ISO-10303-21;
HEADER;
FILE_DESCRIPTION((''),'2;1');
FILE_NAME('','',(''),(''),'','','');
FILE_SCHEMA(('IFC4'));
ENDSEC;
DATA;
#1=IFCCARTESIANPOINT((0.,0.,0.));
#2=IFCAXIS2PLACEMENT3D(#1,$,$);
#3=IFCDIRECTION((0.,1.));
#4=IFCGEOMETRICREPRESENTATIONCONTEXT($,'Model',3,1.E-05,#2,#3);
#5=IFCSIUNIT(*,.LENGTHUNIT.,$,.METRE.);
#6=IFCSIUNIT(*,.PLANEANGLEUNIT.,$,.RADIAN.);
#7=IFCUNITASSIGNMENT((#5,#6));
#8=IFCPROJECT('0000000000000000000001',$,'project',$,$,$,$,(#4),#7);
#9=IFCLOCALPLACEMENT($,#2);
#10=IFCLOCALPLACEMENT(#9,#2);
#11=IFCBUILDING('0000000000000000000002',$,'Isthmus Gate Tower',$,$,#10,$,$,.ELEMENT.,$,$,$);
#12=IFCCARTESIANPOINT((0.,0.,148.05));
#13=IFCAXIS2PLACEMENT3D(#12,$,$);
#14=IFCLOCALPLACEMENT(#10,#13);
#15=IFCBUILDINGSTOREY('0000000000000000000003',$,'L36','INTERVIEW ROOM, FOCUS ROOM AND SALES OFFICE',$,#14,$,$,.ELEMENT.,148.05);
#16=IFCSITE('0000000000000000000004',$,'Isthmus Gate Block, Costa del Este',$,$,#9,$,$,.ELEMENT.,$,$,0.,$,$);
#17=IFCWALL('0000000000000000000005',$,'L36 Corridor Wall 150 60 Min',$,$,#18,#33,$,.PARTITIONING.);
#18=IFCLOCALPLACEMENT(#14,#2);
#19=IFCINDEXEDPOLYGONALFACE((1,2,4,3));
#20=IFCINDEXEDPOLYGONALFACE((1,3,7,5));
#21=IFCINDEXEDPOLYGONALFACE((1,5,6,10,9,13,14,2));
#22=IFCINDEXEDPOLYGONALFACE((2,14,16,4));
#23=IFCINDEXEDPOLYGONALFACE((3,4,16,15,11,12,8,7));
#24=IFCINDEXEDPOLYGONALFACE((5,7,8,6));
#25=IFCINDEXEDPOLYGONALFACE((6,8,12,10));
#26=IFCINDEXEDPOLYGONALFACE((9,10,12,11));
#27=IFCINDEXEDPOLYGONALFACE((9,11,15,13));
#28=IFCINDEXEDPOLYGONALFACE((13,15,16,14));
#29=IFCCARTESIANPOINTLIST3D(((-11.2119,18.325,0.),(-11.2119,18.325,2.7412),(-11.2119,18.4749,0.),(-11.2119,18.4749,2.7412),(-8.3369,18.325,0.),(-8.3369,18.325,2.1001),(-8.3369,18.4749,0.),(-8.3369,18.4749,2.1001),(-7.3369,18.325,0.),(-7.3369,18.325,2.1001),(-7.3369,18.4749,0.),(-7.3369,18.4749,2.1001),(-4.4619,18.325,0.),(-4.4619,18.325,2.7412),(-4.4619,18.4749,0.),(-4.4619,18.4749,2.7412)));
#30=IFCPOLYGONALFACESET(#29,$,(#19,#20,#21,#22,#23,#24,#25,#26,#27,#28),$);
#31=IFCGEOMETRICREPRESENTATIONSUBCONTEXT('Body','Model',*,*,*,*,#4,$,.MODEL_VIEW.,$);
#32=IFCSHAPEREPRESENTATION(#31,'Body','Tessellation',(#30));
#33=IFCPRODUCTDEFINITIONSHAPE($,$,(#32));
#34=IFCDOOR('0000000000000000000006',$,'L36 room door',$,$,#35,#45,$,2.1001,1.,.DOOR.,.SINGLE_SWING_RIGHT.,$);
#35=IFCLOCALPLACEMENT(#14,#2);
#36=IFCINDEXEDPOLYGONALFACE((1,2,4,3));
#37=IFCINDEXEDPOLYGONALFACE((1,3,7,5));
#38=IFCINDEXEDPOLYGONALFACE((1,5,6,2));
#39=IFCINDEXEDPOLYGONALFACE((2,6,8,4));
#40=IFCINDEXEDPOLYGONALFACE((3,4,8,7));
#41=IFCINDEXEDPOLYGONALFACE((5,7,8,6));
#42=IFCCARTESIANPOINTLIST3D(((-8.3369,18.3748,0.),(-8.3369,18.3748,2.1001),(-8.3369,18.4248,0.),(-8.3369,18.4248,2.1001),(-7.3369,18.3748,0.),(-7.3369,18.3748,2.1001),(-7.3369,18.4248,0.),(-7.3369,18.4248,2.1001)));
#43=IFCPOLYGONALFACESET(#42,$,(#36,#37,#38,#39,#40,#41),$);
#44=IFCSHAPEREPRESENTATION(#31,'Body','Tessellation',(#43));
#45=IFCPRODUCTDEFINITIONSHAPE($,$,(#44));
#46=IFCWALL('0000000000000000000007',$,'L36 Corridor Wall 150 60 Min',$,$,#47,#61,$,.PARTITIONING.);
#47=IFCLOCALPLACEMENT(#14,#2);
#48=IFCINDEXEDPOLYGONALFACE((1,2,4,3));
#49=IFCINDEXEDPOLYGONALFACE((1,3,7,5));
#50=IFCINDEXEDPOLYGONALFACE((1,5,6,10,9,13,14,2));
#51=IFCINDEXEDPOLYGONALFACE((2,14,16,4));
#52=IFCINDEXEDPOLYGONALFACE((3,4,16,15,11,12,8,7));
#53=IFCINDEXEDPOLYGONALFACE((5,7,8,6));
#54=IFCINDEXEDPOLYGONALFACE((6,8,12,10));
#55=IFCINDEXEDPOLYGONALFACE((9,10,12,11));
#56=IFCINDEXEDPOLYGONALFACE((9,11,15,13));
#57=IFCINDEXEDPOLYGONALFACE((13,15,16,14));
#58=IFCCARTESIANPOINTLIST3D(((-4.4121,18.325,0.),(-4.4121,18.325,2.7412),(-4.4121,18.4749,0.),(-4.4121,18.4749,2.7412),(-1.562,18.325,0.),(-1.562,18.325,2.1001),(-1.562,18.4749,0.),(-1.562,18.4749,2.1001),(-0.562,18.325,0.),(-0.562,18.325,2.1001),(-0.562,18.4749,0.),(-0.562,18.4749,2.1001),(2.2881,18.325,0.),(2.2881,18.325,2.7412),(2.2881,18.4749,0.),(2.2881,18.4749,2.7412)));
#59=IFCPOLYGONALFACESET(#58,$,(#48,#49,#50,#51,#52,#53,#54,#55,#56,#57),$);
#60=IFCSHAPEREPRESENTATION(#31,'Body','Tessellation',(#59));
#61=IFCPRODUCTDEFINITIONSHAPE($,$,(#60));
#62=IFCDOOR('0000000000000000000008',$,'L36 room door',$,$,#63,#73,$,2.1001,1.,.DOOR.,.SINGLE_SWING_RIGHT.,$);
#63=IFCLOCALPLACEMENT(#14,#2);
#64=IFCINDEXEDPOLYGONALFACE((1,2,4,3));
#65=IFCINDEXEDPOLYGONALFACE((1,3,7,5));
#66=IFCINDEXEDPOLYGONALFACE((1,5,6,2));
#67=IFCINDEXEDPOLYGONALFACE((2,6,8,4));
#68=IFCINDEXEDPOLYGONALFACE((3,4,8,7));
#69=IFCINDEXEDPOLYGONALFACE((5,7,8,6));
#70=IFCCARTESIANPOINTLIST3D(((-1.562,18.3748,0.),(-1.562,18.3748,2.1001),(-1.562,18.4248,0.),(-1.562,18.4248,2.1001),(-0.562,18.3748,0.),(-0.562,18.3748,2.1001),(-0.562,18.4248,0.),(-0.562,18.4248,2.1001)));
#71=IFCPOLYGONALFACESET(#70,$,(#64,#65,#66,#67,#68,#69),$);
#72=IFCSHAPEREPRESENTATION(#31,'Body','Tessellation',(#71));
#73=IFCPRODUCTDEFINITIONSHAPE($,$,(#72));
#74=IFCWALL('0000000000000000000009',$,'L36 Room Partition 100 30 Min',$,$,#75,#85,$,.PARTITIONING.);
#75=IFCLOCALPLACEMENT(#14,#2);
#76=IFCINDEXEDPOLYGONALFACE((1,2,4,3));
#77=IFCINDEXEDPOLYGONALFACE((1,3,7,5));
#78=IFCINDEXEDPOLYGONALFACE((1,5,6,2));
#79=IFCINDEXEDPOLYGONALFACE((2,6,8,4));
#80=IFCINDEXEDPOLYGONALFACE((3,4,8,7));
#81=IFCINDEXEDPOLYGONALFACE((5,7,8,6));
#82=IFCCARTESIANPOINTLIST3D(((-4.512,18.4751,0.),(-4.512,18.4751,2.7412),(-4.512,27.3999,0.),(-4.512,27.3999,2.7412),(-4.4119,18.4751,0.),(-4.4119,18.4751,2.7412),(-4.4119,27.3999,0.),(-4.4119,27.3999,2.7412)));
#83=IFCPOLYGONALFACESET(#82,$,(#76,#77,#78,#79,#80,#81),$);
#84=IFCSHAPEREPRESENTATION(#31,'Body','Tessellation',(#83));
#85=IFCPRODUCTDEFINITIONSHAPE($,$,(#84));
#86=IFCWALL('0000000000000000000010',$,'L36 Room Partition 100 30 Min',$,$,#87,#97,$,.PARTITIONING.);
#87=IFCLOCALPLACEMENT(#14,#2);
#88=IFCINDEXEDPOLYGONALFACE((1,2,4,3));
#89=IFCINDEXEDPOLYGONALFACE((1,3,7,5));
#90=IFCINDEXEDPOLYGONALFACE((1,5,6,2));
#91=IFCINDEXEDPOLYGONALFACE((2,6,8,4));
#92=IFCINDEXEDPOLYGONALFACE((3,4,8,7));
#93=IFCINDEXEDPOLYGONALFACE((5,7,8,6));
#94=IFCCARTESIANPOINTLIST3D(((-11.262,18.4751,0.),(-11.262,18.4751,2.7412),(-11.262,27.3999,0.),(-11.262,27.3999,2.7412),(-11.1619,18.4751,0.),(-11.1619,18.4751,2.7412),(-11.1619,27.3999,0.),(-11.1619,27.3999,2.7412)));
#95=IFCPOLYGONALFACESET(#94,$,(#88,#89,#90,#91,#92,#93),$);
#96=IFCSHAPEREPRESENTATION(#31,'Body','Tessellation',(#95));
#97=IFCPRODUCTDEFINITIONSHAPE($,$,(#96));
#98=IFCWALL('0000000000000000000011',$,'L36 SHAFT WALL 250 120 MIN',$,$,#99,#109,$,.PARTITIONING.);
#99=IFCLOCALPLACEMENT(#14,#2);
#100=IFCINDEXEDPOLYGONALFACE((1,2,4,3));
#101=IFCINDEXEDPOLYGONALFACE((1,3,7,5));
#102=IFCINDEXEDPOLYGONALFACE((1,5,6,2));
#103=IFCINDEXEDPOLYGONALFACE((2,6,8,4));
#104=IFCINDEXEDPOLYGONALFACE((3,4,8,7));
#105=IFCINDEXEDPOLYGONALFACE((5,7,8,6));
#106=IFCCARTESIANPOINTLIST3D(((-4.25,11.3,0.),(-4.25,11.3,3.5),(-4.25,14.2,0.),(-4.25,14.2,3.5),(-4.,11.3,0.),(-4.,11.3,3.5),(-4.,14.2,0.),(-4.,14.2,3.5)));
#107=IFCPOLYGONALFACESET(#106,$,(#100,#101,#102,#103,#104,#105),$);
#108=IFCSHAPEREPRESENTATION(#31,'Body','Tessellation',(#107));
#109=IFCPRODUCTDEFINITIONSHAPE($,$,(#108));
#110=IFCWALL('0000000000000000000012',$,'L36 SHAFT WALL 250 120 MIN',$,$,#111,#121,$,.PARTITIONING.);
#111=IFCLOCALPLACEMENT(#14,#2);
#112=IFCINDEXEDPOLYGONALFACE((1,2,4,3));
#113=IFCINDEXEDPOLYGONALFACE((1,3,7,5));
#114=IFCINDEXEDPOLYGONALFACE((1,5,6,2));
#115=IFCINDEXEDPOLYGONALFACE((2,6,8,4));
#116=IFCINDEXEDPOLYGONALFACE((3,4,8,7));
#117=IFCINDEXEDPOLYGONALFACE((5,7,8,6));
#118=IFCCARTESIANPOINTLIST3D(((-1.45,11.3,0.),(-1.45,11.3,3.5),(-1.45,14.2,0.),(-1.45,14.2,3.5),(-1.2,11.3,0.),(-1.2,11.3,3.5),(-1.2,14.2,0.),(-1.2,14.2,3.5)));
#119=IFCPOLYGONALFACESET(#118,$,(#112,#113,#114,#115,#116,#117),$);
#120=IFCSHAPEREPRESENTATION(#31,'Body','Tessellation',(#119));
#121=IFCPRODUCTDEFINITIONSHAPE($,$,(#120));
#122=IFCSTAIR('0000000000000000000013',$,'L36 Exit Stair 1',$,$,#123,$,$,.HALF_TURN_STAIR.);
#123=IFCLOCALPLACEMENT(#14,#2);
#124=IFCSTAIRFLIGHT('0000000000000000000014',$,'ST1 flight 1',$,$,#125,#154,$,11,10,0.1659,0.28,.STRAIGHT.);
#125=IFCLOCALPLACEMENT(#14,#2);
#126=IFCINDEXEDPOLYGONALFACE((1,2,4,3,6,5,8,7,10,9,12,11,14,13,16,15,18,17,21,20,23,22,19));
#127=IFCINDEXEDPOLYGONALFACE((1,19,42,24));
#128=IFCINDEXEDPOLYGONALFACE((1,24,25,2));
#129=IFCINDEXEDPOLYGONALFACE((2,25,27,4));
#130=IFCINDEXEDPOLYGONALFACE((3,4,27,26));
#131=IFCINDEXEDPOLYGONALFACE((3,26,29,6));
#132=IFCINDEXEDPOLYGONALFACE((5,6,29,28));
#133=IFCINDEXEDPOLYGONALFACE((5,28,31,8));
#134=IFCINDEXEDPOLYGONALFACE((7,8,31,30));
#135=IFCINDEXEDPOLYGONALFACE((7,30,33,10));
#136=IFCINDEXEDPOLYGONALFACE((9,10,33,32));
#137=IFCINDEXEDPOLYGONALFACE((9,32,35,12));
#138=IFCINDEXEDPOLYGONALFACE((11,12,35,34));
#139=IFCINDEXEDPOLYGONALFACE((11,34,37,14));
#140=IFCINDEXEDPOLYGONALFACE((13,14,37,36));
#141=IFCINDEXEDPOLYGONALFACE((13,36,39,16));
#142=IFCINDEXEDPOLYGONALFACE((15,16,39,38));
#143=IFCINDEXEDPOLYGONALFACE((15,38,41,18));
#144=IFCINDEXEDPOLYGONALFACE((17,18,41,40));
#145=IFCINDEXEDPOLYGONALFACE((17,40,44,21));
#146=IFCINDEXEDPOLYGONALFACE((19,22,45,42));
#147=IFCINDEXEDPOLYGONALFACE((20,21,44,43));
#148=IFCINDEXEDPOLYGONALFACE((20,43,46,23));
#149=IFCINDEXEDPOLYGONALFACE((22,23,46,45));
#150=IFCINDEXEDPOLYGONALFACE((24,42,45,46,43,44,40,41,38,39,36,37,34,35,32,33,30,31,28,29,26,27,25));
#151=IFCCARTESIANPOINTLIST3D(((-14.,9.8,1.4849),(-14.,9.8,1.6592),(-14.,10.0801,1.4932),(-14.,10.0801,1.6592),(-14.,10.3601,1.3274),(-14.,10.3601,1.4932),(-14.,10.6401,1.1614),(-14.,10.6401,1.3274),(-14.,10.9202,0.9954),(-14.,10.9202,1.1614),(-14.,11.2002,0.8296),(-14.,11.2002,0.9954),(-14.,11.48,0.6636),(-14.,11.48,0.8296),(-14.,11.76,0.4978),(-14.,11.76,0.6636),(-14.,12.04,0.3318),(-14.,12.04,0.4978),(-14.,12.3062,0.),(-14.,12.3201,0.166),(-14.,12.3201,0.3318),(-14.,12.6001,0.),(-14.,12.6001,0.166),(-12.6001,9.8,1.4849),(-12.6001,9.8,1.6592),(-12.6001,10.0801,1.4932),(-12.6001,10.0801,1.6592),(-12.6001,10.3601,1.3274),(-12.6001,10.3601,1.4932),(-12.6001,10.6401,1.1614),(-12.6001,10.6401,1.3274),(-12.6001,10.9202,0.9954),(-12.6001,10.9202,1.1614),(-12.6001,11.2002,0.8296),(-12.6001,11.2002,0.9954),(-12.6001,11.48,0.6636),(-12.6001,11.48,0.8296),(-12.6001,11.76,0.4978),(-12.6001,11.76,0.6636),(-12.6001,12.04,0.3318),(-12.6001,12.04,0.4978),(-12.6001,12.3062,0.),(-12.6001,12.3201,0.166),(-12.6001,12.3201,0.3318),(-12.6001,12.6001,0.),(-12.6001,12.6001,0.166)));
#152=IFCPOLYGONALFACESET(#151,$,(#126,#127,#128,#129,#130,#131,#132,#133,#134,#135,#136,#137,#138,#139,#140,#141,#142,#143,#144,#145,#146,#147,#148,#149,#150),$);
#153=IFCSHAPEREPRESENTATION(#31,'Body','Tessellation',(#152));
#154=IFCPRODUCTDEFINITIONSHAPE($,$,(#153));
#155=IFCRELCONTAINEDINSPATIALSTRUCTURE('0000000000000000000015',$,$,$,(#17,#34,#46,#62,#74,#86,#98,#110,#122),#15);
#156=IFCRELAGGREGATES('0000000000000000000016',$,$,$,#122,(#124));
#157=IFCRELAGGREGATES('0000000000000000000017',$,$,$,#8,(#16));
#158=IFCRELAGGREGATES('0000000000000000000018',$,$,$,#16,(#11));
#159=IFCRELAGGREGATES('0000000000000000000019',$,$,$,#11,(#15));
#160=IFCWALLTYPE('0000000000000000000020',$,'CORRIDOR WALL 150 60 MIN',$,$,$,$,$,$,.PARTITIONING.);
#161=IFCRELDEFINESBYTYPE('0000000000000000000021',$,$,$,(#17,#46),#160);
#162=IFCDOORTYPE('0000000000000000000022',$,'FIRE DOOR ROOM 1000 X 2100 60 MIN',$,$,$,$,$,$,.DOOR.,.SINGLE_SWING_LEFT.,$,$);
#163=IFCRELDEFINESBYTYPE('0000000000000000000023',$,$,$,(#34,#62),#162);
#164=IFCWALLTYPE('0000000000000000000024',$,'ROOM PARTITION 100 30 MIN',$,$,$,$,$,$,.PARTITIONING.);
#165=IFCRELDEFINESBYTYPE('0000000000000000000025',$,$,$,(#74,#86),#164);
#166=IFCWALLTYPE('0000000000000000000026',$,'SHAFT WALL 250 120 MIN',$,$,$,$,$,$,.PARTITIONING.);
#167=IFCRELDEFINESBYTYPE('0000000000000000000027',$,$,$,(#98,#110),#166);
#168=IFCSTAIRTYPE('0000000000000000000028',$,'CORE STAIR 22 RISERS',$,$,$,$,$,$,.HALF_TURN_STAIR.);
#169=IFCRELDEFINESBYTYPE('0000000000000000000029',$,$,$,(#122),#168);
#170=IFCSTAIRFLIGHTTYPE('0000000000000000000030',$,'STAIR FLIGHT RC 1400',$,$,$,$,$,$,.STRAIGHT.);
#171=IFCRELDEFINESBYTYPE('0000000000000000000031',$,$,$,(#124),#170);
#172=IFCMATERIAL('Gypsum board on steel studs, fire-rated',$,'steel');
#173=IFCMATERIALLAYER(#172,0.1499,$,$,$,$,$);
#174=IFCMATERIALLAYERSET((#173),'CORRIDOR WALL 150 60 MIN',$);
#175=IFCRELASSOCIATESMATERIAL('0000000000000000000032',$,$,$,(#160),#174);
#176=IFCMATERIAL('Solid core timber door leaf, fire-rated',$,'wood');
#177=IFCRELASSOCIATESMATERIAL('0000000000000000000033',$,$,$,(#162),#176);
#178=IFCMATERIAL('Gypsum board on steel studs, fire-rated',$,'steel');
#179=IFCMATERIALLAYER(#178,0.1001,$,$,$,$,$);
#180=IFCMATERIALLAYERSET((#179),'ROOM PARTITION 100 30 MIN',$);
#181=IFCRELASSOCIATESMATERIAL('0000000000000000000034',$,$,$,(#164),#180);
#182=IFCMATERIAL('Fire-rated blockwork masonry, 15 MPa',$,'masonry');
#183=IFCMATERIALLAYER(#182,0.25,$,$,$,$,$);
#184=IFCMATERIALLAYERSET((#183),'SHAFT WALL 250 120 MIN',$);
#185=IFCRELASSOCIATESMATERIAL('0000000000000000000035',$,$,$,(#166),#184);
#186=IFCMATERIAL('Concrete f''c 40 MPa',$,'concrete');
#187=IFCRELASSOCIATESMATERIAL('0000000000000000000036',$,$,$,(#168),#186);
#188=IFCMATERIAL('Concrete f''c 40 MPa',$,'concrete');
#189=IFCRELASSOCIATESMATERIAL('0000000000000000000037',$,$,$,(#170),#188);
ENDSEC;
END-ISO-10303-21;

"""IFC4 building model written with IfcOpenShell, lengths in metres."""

from ifc_helpers import new_model, si_unit, direction, frame, frame_2d, origin, place, context, subcontext, project, spatial, polyline, rectangle, outline, extrude, material, layer, layer_set, type_object, element, fill, aggregate, save


model = new_model("IFC4")

# Units and contexts
model_context = context("Model", 3, precision=1e-05, world=origin(), true_north=direction((0.0, 1.0)))
body_context = subcontext(model_context, "Body", "Model", "MODEL_VIEW")
ifc_project = project(units=[si_unit("LENGTHUNIT", "METRE"), si_unit("PLANEANGLEUNIT", "RADIAN")], contexts=[model_context])

# Site, building, storey
site_placement = place(None, origin())
site = spatial("IfcSite", under=ifc_project, at=site_placement, Name="Isthmus Gate Block, Costa del Este", CompositionType="ELEMENT", RefElevation=0.0)
building_placement = place(site_placement, origin())
building = spatial("IfcBuilding", under=site, at=building_placement, Name="Isthmus Gate Tower", CompositionType="ELEMENT")
storey_placement = place(building_placement, frame((0.0, 0.0, 148.05)))
storey = spatial("IfcBuildingStorey", under=building, at=storey_placement, Name="L36", Description="INTERVIEW ROOM, FOCUS ROOM AND SALES OFFICE", CompositionType="ELEMENT", Elevation=148.05)

# Walls, openings, doors
ifc_material_1 = material(Name="Gypsum board on steel studs, fire-rated", Category="steel")
ifc_layer_1 = layer(ifc_material_1, 0.1499)
ifc_layer_set_1 = layer_set([ifc_layer_1], Name="CORRIDOR WALL 150 60 MIN")
wall_type_1 = type_object("IfcWallType", Name="CORRIDOR WALL 150 60 MIN", PredefinedType="PARTITIONING", material=ifc_layer_set_1)
wall_1_placement = place(storey_placement, frame((-11.2119, 18.3999, 0.0), z_axis=(0.0, 0.0, 1.0), x_axis=(1.0, 0.0, 0.0)))
wall_1 = element("IfcWall", 1, at=wall_1_placement, inside=storey, type_object=wall_type_1, Name="L36 Corridor Wall 150 60 Min", PredefinedType="PARTITIONING", context=body_context, shape_type="SweptSolid", body=[
    extrude(rectangle(XDim=6.75, YDim=0.1499, at=frame_2d((3.375, 0.0))), origin(), (0.0, 0.0, 1.0), 2.7412),
])
opening_1_placement = place(wall_1_placement, frame((2.875, 0.0, 0.0)))
opening_1 = element("IfcOpeningElement", 2, at=opening_1_placement, cuts=wall_1, PredefinedType="OPENING", context=body_context, shape_type="SweptSolid", body=[
    extrude(rectangle(XDim=1.0, YDim=2.1001, at=frame_2d((0.5, 1.05))), frame((0.0, 0.085, 0.0), z_axis=(0.0, -1.0, 0.0), x_axis=(1.0, 0.0, 0.0)), (0.0, 0.0, 1.0), 0.1699),
])
ifc_material_2 = material(Name="Solid core timber door leaf, fire-rated", Category="wood")
door_type = type_object("IfcDoorType", Name="FIRE DOOR ROOM 1000 X 2100 60 MIN", OperationType="SINGLE_SWING_LEFT", PredefinedType="DOOR", material=ifc_material_2)
door_1_placement = place(opening_1_placement, origin())
door_1 = element("IfcDoor", 3, at=door_1_placement, inside=storey, type_object=door_type, Name="L36 room door", OperationType="SINGLE_SWING_RIGHT", OverallHeight=2.1001, OverallWidth=1.0, PredefinedType="DOOR", context=body_context, shape_type="SweptSolid", body=[
    extrude(rectangle(XDim=1.0, YDim=2.1001, at=frame_2d((0.5, 1.05))), frame((0.0, 0.0249, 0.0), z_axis=(0.0, -1.0, 0.0), x_axis=(1.0, 0.0, 0.0)), (0.0, 0.0, 1.0), 0.05),
])
fill(opening_1, door_1)
wall_2_placement = place(storey_placement, frame((-4.4121, 18.3999, 0.0), z_axis=(0.0, 0.0, 1.0), x_axis=(1.0, 0.0, 0.0)))
wall_2 = element("IfcWall", 4, at=wall_2_placement, inside=storey, type_object=wall_type_1, Name="L36 Corridor Wall 150 60 Min", PredefinedType="PARTITIONING", context=body_context, shape_type="SweptSolid", body=[
    extrude(rectangle(XDim=6.7002, YDim=0.1499, at=frame_2d((3.3501, 0.0))), origin(), (0.0, 0.0, 1.0), 2.7412),
])
opening_2_placement = place(wall_2_placement, frame((2.8501, 0.0, 0.0)))
opening_2 = element("IfcOpeningElement", 5, at=opening_2_placement, cuts=wall_2, PredefinedType="OPENING", context=body_context, shape_type="SweptSolid", body=[
    extrude(rectangle(XDim=1.0, YDim=2.1001, at=frame_2d((0.5, 1.05))), frame((0.0, 0.085, 0.0), z_axis=(0.0, -1.0, 0.0), x_axis=(1.0, 0.0, 0.0)), (0.0, 0.0, 1.0), 0.1699),
])
door_2_placement = place(opening_2_placement, origin())
door_2 = element("IfcDoor", 6, at=door_2_placement, inside=storey, type_object=door_type, Name="L36 room door", OperationType="SINGLE_SWING_RIGHT", OverallHeight=2.1001, OverallWidth=1.0, PredefinedType="DOOR", context=body_context, shape_type="SweptSolid", body=[
    extrude(rectangle(XDim=1.0, YDim=2.1001, at=frame_2d((0.5, 1.05))), frame((0.0, 0.0249, 0.0), z_axis=(0.0, -1.0, 0.0), x_axis=(1.0, 0.0, 0.0)), (0.0, 0.0, 1.0), 0.05),
])
fill(opening_2, door_2)

# Walls
ifc_material_3 = material(Name="Gypsum board on steel studs, fire-rated", Category="steel")
ifc_layer_2 = layer(ifc_material_3, 0.1001)
ifc_layer_set_2 = layer_set([ifc_layer_2], Name="ROOM PARTITION 100 30 MIN")
wall_type_2 = type_object("IfcWallType", Name="ROOM PARTITION 100 30 MIN", PredefinedType="PARTITIONING", material=ifc_layer_set_2)
for number, where, z_axis, x_axis, name in (
    (7, (-4.4619, 18.4751, 0.0), (0.0, 0.0, 1.0), (0.0, 1.0, 0.0), "L36 Room Partition 100 30 Min"),
    (8, (-11.2119, 18.4751, 0.0), (0.0, 0.0, 1.0), (0.0, 1.0, 0.0), "L36 Room Partition 100 30 Min"),
):
    element("IfcWall", number, at=place(storey_placement, frame(where, z_axis=z_axis, x_axis=x_axis)), inside=storey, type_object=wall_type_2, Name=name, PredefinedType="PARTITIONING", context=body_context, shape_type="SweptSolid", body=[
        extrude(rectangle(XDim=8.9248, YDim=0.1001, at=frame_2d((4.4624, 0.0))), origin(), (0.0, 0.0, 1.0), 2.7412),
    ])
ifc_material_4 = material(Name="Fire-rated blockwork masonry, 15 MPa", Category="masonry")
ifc_layer_3 = layer(ifc_material_4, 0.25)
ifc_layer_set_3 = layer_set([ifc_layer_3], Name="SHAFT WALL 250 120 MIN")
wall_type_3 = type_object("IfcWallType", Name="SHAFT WALL 250 120 MIN", PredefinedType="PARTITIONING", material=ifc_layer_set_3)
for number, where, z_axis, x_axis, name in (
    (9, (-4.125, 11.3, 0.0), (0.0, 0.0, 1.0), (0.0, 1.0, 0.0), "L36 SHAFT WALL 250 120 MIN"),
    (10, (-1.325, 11.3, 0.0), (0.0, 0.0, 1.0), (0.0, 1.0, 0.0), "L36 SHAFT WALL 250 120 MIN"),
):
    element("IfcWall", number, at=place(storey_placement, frame(where, z_axis=z_axis, x_axis=x_axis)), inside=storey, type_object=wall_type_3, Name=name, PredefinedType="PARTITIONING", context=body_context, shape_type="SweptSolid", body=[
        extrude(rectangle(XDim=2.8999, YDim=0.25, at=frame_2d((1.45, 0.0))), origin(), (0.0, 0.0, 1.0), 3.5),
    ])

# Stair, stair flight
ifc_material_5 = material(Name="Concrete f'c 40 MPa", Category="concrete")
stair_type = type_object("IfcStairType", Name="CORE STAIR 22 RISERS", PredefinedType="HALF_TURN_STAIR", material=ifc_material_5)
stair_placement = place(storey_placement, origin())
stair = element("IfcStair", 11, at=stair_placement, inside=storey, type_object=stair_type, Name="L36 Exit Stair 1", PredefinedType="HALF_TURN_STAIR")
ifc_material_6 = material(Name="Concrete f'c 40 MPa", Category="concrete")
stair_flight_type = type_object("IfcStairFlightType", Name="STAIR FLIGHT RC 1400", PredefinedType="STRAIGHT", material=ifc_material_6)
stair_flight_placement = place(storey_placement, frame((-13.3, 12.6001, 0.0), z_axis=(0.0, 0.0, 1.0), x_axis=(0.0, -1.0, 0.0)))
stair_flight = element("IfcStairFlight", 12, at=stair_flight_placement, type_object=stair_flight_type, Name="ST1 flight 1", NumberOfRisers=11, NumberOfTreads=10, PredefinedType="STRAIGHT", RiserHeight=0.1659, TreadLength=0.28, context=body_context, shape_type="SweptSolid", body=[
    extrude(outline(polyline([(0.0, 0.0), (0.0, 0.166), (0.28, 0.166), (0.28, 0.3318), (0.5601, 0.3318), (0.5601, 0.4978), (0.8401, 0.4978), (0.8401, 0.6636), (1.1201, 0.6636), (1.1201, 0.8296), (1.3999, 0.8296), (1.3999, 0.9954), (1.6799, 0.9954), (1.6799, 1.1614), (1.96, 1.1614), (1.96, 1.3274), (2.24, 1.3274), (2.24, 1.4932), (2.52, 1.4932), (2.52, 1.6592), (2.8, 1.6592), (2.8, 1.825), (2.8, 1.4849), (0.2939, 0.0), (0.0, 0.0)])), frame((0.0, 0.7, 0.0), z_axis=(0.0, -1.0, 0.0), x_axis=(1.0, 0.0, 0.0)), (0.0, 0.0, 1.0), 1.3999),
])
aggregate(stair, [stair_flight])

save(model, "model.ifc")
